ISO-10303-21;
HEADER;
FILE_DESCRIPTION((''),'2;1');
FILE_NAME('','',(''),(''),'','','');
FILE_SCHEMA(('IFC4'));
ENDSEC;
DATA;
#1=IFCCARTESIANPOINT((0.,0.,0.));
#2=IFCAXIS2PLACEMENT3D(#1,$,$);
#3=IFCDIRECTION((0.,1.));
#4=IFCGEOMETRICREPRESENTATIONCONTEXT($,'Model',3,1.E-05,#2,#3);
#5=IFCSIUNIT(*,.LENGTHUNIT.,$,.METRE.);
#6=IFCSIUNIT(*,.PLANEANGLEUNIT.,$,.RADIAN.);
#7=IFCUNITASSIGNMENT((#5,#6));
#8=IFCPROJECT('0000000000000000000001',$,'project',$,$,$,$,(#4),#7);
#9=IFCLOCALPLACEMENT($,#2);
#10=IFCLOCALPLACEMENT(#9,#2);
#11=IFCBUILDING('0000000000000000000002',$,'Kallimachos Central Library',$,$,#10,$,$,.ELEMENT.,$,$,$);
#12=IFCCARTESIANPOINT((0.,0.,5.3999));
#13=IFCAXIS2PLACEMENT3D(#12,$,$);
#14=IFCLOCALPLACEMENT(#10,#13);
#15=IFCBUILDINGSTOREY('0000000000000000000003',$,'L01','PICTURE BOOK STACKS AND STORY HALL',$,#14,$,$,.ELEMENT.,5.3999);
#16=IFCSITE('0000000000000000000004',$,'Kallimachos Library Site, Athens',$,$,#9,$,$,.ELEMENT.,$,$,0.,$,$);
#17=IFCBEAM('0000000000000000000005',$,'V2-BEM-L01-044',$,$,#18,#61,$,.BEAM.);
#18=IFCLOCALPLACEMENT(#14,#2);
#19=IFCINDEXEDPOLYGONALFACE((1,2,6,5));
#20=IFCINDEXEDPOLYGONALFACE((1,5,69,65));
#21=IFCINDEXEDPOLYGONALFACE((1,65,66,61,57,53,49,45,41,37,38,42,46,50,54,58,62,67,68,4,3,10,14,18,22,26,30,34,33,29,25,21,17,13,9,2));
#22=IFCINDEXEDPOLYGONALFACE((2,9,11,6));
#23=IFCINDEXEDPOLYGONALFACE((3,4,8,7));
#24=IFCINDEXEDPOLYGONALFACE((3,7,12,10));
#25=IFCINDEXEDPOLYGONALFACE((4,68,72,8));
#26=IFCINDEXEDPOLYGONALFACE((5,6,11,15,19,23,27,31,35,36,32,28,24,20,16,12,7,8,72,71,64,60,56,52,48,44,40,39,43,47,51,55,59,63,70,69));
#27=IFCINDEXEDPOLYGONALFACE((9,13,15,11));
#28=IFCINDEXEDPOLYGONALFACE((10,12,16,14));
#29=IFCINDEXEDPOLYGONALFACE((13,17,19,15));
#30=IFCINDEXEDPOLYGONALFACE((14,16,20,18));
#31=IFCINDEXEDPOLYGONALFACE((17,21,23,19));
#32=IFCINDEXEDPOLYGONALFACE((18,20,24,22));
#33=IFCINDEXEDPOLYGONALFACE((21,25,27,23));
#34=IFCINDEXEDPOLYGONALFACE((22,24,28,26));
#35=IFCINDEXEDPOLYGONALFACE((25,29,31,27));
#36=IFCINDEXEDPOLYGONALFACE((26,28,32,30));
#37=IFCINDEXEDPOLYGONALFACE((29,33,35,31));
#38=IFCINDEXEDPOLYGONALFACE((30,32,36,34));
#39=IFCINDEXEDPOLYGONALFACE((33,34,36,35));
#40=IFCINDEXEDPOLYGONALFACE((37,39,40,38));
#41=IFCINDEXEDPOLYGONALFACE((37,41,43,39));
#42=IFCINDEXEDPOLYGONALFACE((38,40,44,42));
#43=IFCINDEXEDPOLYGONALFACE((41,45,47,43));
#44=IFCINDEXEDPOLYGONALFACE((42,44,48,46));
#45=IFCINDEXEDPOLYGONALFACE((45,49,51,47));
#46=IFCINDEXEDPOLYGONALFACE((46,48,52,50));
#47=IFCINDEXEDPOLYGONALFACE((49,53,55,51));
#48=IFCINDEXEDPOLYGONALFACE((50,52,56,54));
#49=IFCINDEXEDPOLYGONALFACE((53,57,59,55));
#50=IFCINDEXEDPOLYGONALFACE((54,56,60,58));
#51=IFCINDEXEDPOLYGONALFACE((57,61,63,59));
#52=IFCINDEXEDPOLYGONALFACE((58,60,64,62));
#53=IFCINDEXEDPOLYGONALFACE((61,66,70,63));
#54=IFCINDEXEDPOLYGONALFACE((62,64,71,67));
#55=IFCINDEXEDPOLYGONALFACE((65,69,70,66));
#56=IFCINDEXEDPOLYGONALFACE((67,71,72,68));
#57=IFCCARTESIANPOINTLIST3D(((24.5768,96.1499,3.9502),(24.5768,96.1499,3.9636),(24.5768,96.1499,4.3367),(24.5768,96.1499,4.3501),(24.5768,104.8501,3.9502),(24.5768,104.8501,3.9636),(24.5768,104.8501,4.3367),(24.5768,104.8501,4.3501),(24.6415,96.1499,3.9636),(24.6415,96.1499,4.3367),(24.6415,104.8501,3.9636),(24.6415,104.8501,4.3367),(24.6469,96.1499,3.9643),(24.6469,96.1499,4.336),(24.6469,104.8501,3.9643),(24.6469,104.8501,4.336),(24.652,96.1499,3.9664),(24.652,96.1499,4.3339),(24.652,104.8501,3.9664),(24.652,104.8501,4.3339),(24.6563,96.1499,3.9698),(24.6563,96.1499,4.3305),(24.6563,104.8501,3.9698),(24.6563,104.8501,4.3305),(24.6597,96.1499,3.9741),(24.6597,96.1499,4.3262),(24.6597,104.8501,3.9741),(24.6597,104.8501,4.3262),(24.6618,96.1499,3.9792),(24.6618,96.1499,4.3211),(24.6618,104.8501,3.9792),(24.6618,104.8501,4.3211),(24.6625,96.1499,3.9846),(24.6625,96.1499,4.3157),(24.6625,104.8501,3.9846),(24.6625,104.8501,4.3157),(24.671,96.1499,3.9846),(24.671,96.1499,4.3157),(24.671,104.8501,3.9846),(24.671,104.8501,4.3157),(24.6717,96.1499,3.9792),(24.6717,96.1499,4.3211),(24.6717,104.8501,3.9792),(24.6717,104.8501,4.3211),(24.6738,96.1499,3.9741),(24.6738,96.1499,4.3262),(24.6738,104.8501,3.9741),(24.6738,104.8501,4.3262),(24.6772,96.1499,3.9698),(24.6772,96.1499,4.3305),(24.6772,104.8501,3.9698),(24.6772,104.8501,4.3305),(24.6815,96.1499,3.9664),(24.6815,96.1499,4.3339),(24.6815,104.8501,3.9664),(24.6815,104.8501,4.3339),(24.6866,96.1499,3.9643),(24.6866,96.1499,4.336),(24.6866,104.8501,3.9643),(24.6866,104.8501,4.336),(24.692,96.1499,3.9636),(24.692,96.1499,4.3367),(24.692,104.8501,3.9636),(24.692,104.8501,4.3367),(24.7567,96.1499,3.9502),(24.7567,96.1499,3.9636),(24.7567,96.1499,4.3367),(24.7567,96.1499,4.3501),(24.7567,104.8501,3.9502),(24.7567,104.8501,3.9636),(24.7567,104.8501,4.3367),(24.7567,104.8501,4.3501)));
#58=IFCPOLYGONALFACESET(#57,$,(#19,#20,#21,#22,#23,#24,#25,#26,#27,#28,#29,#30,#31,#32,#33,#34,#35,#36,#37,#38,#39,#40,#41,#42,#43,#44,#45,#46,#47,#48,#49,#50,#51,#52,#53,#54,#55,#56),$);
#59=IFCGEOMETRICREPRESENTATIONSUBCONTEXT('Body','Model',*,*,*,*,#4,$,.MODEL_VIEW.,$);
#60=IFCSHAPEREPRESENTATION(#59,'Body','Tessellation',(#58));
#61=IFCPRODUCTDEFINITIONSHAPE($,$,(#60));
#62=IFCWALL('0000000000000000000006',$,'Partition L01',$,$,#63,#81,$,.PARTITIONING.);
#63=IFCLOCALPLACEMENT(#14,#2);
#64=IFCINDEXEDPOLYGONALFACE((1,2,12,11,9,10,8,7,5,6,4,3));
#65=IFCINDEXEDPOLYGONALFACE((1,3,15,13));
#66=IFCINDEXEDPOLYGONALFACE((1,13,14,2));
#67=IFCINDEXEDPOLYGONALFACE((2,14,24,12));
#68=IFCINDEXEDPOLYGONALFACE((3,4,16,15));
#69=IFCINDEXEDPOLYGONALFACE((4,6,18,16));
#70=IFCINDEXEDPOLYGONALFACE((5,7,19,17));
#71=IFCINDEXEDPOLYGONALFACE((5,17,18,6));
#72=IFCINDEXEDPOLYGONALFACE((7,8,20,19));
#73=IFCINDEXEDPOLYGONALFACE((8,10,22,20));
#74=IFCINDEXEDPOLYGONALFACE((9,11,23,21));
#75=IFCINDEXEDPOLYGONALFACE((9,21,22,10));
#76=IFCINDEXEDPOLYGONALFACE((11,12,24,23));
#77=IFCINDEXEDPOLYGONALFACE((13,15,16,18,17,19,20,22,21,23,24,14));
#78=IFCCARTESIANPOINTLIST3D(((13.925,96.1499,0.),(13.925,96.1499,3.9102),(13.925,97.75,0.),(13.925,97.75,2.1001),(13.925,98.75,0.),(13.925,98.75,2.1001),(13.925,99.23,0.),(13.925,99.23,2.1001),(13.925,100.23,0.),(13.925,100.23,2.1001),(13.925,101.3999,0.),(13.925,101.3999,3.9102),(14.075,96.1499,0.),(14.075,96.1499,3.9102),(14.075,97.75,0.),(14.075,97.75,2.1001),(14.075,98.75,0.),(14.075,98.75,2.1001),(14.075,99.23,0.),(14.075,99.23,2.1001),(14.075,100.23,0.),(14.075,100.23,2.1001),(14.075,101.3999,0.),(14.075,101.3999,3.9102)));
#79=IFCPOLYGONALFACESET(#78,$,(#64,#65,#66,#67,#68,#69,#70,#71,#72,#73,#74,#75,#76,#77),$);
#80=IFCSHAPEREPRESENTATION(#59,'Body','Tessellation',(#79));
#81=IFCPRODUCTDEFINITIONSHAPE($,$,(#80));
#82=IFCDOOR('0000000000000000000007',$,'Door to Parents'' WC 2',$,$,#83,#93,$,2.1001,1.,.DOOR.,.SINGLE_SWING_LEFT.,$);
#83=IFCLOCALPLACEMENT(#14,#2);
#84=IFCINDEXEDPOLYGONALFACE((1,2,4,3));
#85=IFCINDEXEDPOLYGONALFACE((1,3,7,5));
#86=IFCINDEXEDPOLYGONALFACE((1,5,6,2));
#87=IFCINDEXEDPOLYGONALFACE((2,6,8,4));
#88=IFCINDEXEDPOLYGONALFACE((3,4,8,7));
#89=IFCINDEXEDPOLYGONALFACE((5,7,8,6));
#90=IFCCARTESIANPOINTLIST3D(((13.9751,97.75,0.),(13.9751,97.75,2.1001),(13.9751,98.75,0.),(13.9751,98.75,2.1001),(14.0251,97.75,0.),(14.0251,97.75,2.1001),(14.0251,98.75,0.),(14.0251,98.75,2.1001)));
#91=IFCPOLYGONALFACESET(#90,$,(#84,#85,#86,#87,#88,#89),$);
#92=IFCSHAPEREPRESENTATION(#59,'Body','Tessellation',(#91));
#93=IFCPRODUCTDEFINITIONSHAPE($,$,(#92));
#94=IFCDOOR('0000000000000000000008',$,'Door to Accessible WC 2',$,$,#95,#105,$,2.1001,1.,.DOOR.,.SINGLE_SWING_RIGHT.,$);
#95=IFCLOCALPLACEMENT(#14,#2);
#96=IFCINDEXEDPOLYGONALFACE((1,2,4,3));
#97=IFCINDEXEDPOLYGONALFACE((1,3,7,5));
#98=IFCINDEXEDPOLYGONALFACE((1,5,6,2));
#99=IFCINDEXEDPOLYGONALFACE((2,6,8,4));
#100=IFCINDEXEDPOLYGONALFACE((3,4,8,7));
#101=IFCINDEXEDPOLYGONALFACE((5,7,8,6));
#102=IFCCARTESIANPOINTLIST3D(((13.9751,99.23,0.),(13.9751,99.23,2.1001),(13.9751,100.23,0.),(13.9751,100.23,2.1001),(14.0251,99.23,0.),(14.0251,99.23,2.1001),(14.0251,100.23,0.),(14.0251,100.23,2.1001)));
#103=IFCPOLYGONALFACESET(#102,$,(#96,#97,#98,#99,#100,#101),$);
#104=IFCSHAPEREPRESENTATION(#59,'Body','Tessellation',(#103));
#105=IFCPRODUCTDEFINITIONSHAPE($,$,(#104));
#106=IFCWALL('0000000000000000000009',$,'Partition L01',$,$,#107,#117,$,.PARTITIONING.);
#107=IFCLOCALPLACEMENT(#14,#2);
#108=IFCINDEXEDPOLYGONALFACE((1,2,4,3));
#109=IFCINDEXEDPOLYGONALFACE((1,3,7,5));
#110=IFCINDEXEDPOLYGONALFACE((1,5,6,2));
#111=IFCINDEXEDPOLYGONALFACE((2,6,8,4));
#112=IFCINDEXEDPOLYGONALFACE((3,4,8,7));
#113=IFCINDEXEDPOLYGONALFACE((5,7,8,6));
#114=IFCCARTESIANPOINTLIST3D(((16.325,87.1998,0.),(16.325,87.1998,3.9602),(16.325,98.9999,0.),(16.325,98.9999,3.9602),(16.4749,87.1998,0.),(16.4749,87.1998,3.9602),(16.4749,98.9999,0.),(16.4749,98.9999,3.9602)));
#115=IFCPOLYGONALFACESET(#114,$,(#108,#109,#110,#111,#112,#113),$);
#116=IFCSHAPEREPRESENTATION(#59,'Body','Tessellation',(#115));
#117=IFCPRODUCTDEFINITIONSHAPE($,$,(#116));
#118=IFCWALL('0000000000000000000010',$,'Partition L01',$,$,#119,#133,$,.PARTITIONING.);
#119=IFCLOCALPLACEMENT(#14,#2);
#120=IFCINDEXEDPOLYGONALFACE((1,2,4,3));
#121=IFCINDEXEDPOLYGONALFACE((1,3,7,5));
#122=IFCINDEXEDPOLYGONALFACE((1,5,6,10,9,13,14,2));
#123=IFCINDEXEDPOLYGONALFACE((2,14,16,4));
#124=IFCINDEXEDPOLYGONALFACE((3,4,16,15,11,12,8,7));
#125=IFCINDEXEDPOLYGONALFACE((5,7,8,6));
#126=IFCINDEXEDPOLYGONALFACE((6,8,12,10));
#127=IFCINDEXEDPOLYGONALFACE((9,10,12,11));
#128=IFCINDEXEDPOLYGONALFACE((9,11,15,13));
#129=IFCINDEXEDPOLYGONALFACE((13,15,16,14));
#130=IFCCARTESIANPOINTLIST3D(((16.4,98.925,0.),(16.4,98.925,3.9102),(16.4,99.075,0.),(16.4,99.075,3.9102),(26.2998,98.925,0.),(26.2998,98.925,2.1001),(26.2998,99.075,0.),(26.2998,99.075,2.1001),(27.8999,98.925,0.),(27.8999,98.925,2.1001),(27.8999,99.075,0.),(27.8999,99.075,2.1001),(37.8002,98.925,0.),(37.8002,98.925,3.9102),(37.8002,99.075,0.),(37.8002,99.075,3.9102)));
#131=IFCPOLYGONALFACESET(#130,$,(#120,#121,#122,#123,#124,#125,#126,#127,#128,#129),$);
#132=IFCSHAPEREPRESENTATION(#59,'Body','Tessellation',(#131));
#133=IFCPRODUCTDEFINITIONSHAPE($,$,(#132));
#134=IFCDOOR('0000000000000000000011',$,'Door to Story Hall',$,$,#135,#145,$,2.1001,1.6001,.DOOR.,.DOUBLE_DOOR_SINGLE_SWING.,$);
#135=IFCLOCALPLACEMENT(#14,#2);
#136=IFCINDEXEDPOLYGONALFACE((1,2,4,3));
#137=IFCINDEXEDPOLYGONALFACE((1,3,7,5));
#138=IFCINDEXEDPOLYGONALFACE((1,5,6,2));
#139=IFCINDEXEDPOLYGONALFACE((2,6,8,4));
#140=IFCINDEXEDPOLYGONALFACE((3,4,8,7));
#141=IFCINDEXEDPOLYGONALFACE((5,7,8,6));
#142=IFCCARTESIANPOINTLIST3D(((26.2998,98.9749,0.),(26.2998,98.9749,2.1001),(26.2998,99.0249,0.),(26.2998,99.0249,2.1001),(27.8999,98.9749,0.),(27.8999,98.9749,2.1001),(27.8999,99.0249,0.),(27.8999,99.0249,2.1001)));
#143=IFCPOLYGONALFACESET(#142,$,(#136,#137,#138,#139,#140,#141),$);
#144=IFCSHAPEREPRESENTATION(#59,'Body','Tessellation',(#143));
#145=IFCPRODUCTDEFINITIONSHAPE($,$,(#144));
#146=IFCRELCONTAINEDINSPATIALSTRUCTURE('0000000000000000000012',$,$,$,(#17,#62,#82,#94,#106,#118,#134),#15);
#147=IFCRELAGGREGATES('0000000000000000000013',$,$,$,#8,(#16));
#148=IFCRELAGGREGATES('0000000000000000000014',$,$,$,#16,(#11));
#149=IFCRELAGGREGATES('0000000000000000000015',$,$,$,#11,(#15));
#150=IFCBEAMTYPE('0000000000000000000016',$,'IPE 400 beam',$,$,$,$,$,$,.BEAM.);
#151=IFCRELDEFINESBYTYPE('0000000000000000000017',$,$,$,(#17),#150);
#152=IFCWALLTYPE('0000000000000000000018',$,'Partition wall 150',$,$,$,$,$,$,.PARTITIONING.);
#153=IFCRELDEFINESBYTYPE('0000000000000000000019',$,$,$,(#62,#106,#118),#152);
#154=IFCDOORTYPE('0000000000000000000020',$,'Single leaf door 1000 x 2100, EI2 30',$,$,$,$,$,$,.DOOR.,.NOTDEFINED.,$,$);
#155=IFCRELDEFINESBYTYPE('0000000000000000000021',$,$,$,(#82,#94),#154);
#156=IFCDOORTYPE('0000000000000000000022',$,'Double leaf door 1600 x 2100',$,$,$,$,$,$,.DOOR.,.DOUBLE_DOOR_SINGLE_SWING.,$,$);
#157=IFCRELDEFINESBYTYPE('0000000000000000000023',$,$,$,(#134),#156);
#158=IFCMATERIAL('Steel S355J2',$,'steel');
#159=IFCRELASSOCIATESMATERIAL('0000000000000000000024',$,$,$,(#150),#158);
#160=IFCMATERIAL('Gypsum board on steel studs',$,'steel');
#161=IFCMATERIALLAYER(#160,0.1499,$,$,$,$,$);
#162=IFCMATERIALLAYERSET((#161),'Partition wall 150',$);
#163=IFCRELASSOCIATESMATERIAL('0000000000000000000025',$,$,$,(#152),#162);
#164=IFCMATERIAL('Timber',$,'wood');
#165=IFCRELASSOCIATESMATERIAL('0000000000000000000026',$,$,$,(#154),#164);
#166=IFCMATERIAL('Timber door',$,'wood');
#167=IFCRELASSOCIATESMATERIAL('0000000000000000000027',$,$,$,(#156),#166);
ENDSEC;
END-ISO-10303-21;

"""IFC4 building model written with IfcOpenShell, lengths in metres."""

from ifc_helpers import new_model, si_unit, direction, frame, frame_2d, origin, origin_2d, place, context, subcontext, project, spatial, rectangle, i_section, extrude, material, layer, layer_set, material_profile, profile_set, type_object, element, fill, save


model = new_model("IFC4")

# Units and contexts
model_context = context("Model", 3, precision=1e-05, world=origin(), true_north=direction((0.0, 1.0)))
body_context = subcontext(model_context, "Body", "Model", "MODEL_VIEW")
ifc_project = project(units=[si_unit("LENGTHUNIT", "METRE"), si_unit("PLANEANGLEUNIT", "RADIAN")], contexts=[model_context])

# Site, building, storey
site_placement = place(None, origin())
site = spatial("IfcSite", under=ifc_project, at=site_placement, Name="Kallimachos Library Site, Athens", CompositionType="ELEMENT", RefElevation=0.0)
building_placement = place(site_placement, origin())
building = spatial("IfcBuilding", under=site, at=building_placement, Name="Kallimachos Central Library", CompositionType="ELEMENT")
storey_placement = place(building_placement, frame((0.0, 0.0, 5.3999)))
storey = spatial("IfcBuildingStorey", under=building, at=storey_placement, Name="L01", Description="PICTURE BOOK STACKS AND STORY HALL", CompositionType="ELEMENT", Elevation=5.3999)

# Beam
ifc_material_1 = material(Name="Steel S355J2", Category="steel")
ifc_material_profile_1 = material_profile(ifc_material_1, i_section(OverallWidth=0.1799, OverallDepth=0.3999, WebThickness=0.0085, FlangeThickness=0.0134, FilletRadius=0.021, at=origin_2d()), Name="IPE 400")
ifc_profile_set_1 = profile_set([ifc_material_profile_1], Name="Steel S355J2")
beam_type_1 = type_object("IfcBeamType", Name="IPE 400 beam", PredefinedType="BEAM", material=ifc_profile_set_1)
for number, where, z_axis, x_axis, name in (
    (1, (24.6667, 96.1499, 4.1501), (0.0, 1.0, 0.0), (-1.0, 0.0, 0.0), "V2-BEM-L01-044"),
):
    element("IfcBeam", number, at=place(storey_placement, frame(where, z_axis=z_axis, x_axis=x_axis)), inside=storey, type_object=beam_type_1, Name=name, PredefinedType="BEAM", context=body_context, shape_type="SweptSolid", body=[
        extrude(i_section(OverallWidth=0.1799, OverallDepth=0.3999, WebThickness=0.0085, FlangeThickness=0.0134, FilletRadius=0.021, at=origin_2d()), origin(), (0.0, 0.0, 1.0), 8.7002),
    ])

# Wall, openings, doors
ifc_material_2 = material(Name="Gypsum board on steel studs", Category="steel")
ifc_layer_1 = layer(ifc_material_2, 0.1499)
ifc_layer_set_1 = layer_set([ifc_layer_1], Name="Partition wall 150")
wall_type_1 = type_object("IfcWallType", Name="Partition wall 150", PredefinedType="PARTITIONING", material=ifc_layer_set_1)
wall_1_placement = place(storey_placement, frame((14.0, 96.1499, 0.0), z_axis=(0.0, 0.0, 1.0), x_axis=(0.0, 1.0, 0.0)))
wall_1 = element("IfcWall", 2, at=wall_1_placement, inside=storey, type_object=wall_type_1, Name="Partition L01", PredefinedType="PARTITIONING", context=body_context, shape_type="SweptSolid", body=[
    extrude(rectangle(XDim=5.25, YDim=0.1499, at=frame_2d((2.625, 0.0))), origin(), (0.0, 0.0, 1.0), 3.9102),
])
opening_1_placement = place(wall_1_placement, frame((1.6001, 0.0, 0.0)))
opening_1 = element("IfcOpeningElement", 3, at=opening_1_placement, cuts=wall_1, PredefinedType="OPENING", context=body_context, shape_type="SweptSolid", body=[
    extrude(rectangle(XDim=1.0, YDim=2.1001, at=frame_2d((0.5, 1.05))), frame((0.0, 0.085, 0.0), z_axis=(0.0, -1.0, 0.0), x_axis=(1.0, 0.0, 0.0)), (0.0, 0.0, 1.0), 0.1699),
])
opening_2_placement = place(wall_1_placement, frame((3.0801, 0.0, 0.0)))
opening_2 = element("IfcOpeningElement", 4, at=opening_2_placement, cuts=wall_1, PredefinedType="OPENING", context=body_context, shape_type="SweptSolid", body=[
    extrude(rectangle(XDim=1.0, YDim=2.1001, at=frame_2d((0.5, 1.05))), frame((0.0, 0.085, 0.0), z_axis=(0.0, -1.0, 0.0), x_axis=(1.0, 0.0, 0.0)), (0.0, 0.0, 1.0), 0.1699),
])
ifc_material_3 = material(Name="Timber", Category="wood")
door_type_1 = type_object("IfcDoorType", Name="Single leaf door 1000 x 2100, EI2 30", OperationType="NOTDEFINED", PredefinedType="DOOR", material=ifc_material_3)
door_1_placement = place(opening_1_placement, origin())
door_1 = element("IfcDoor", 5, at=door_1_placement, inside=storey, type_object=door_type_1, Name="Door to Parents' WC 2", OperationType="SINGLE_SWING_LEFT", OverallHeight=2.1001, OverallWidth=1.0, PredefinedType="DOOR", context=body_context, shape_type="SweptSolid", body=[
    extrude(rectangle(XDim=1.0, YDim=2.1001, at=frame_2d((0.5, 1.05))), frame((0.0, 0.0249, 0.0), z_axis=(0.0, -1.0, 0.0), x_axis=(1.0, 0.0, 0.0)), (0.0, 0.0, 1.0), 0.05),
])
fill(opening_1, door_1)
door_2_placement = place(opening_2_placement, origin())
door_2 = element("IfcDoor", 6, at=door_2_placement, inside=storey, type_object=door_type_1, Name="Door to Accessible WC 2", OperationType="SINGLE_SWING_RIGHT", OverallHeight=2.1001, OverallWidth=1.0, PredefinedType="DOOR", context=body_context, shape_type="SweptSolid", body=[
    extrude(rectangle(XDim=1.0, YDim=2.1001, at=frame_2d((0.5, 1.05))), frame((0.0, 0.0249, 0.0), z_axis=(0.0, -1.0, 0.0), x_axis=(1.0, 0.0, 0.0)), (0.0, 0.0, 1.0), 0.05),
])
fill(opening_2, door_2)

# Wall
wall_2_placement = place(storey_placement, frame((16.3999, 87.2, 0.0), z_axis=(0.0, 0.0, 1.0), x_axis=(0.0, 1.0, 0.0)))
element("IfcWall", 7, at=wall_2_placement, inside=storey, type_object=wall_type_1, Name="Partition L01", PredefinedType="PARTITIONING", context=body_context, shape_type="SweptSolid", body=[
    extrude(rectangle(XDim=11.8, YDim=0.1499, at=frame_2d((5.8999, 0.0))), origin(), (0.0, 0.0, 1.0), 3.9602),
])

# Wall, opening, door
wall_3_placement = place(storey_placement, frame((16.3999, 99.0, 0.0), z_axis=(0.0, 0.0, 1.0), x_axis=(1.0, 0.0, 0.0)))
wall_3 = element("IfcWall", 8, at=wall_3_placement, inside=storey, type_object=wall_type_1, Name="Partition L01", PredefinedType="PARTITIONING", context=body_context, shape_type="SweptSolid", body=[
    extrude(rectangle(XDim=21.4001, YDim=0.1499, at=frame_2d((10.7002, 0.0))), origin(), (0.0, 0.0, 1.0), 3.9102),
])
opening_3_placement = place(wall_3_placement, frame((9.8999, 0.0, 0.0)))
opening_3 = element("IfcOpeningElement", 9, at=opening_3_placement, cuts=wall_3, PredefinedType="OPENING", context=body_context, shape_type="SweptSolid", body=[
    extrude(rectangle(XDim=1.6001, YDim=2.1001, at=frame_2d((0.8, 1.05))), frame((0.0, 0.085, 0.0), z_axis=(0.0, -1.0, 0.0), x_axis=(1.0, 0.0, 0.0)), (0.0, 0.0, 1.0), 0.1699),
])
ifc_material_4 = material(Name="Timber door", Category="wood")
door_type_2 = type_object("IfcDoorType", Name="Double leaf door 1600 x 2100", OperationType="DOUBLE_DOOR_SINGLE_SWING", PredefinedType="DOOR", material=ifc_material_4)
door_3_placement = place(opening_3_placement, origin())
door_3 = element("IfcDoor", 10, at=door_3_placement, inside=storey, type_object=door_type_2, Name="Door to Story Hall", OperationType="DOUBLE_DOOR_SINGLE_SWING", OverallHeight=2.1001, OverallWidth=1.6001, PredefinedType="DOOR", context=body_context, shape_type="SweptSolid", body=[
    extrude(rectangle(XDim=1.6001, YDim=2.1001, at=frame_2d((0.8, 1.05))), frame((0.0, 0.0249, 0.0), z_axis=(0.0, -1.0, 0.0), x_axis=(1.0, 0.0, 0.0)), (0.0, 0.0, 1.0), 0.05),
])
fill(opening_3, door_3)

save(model, "model.ifc")
